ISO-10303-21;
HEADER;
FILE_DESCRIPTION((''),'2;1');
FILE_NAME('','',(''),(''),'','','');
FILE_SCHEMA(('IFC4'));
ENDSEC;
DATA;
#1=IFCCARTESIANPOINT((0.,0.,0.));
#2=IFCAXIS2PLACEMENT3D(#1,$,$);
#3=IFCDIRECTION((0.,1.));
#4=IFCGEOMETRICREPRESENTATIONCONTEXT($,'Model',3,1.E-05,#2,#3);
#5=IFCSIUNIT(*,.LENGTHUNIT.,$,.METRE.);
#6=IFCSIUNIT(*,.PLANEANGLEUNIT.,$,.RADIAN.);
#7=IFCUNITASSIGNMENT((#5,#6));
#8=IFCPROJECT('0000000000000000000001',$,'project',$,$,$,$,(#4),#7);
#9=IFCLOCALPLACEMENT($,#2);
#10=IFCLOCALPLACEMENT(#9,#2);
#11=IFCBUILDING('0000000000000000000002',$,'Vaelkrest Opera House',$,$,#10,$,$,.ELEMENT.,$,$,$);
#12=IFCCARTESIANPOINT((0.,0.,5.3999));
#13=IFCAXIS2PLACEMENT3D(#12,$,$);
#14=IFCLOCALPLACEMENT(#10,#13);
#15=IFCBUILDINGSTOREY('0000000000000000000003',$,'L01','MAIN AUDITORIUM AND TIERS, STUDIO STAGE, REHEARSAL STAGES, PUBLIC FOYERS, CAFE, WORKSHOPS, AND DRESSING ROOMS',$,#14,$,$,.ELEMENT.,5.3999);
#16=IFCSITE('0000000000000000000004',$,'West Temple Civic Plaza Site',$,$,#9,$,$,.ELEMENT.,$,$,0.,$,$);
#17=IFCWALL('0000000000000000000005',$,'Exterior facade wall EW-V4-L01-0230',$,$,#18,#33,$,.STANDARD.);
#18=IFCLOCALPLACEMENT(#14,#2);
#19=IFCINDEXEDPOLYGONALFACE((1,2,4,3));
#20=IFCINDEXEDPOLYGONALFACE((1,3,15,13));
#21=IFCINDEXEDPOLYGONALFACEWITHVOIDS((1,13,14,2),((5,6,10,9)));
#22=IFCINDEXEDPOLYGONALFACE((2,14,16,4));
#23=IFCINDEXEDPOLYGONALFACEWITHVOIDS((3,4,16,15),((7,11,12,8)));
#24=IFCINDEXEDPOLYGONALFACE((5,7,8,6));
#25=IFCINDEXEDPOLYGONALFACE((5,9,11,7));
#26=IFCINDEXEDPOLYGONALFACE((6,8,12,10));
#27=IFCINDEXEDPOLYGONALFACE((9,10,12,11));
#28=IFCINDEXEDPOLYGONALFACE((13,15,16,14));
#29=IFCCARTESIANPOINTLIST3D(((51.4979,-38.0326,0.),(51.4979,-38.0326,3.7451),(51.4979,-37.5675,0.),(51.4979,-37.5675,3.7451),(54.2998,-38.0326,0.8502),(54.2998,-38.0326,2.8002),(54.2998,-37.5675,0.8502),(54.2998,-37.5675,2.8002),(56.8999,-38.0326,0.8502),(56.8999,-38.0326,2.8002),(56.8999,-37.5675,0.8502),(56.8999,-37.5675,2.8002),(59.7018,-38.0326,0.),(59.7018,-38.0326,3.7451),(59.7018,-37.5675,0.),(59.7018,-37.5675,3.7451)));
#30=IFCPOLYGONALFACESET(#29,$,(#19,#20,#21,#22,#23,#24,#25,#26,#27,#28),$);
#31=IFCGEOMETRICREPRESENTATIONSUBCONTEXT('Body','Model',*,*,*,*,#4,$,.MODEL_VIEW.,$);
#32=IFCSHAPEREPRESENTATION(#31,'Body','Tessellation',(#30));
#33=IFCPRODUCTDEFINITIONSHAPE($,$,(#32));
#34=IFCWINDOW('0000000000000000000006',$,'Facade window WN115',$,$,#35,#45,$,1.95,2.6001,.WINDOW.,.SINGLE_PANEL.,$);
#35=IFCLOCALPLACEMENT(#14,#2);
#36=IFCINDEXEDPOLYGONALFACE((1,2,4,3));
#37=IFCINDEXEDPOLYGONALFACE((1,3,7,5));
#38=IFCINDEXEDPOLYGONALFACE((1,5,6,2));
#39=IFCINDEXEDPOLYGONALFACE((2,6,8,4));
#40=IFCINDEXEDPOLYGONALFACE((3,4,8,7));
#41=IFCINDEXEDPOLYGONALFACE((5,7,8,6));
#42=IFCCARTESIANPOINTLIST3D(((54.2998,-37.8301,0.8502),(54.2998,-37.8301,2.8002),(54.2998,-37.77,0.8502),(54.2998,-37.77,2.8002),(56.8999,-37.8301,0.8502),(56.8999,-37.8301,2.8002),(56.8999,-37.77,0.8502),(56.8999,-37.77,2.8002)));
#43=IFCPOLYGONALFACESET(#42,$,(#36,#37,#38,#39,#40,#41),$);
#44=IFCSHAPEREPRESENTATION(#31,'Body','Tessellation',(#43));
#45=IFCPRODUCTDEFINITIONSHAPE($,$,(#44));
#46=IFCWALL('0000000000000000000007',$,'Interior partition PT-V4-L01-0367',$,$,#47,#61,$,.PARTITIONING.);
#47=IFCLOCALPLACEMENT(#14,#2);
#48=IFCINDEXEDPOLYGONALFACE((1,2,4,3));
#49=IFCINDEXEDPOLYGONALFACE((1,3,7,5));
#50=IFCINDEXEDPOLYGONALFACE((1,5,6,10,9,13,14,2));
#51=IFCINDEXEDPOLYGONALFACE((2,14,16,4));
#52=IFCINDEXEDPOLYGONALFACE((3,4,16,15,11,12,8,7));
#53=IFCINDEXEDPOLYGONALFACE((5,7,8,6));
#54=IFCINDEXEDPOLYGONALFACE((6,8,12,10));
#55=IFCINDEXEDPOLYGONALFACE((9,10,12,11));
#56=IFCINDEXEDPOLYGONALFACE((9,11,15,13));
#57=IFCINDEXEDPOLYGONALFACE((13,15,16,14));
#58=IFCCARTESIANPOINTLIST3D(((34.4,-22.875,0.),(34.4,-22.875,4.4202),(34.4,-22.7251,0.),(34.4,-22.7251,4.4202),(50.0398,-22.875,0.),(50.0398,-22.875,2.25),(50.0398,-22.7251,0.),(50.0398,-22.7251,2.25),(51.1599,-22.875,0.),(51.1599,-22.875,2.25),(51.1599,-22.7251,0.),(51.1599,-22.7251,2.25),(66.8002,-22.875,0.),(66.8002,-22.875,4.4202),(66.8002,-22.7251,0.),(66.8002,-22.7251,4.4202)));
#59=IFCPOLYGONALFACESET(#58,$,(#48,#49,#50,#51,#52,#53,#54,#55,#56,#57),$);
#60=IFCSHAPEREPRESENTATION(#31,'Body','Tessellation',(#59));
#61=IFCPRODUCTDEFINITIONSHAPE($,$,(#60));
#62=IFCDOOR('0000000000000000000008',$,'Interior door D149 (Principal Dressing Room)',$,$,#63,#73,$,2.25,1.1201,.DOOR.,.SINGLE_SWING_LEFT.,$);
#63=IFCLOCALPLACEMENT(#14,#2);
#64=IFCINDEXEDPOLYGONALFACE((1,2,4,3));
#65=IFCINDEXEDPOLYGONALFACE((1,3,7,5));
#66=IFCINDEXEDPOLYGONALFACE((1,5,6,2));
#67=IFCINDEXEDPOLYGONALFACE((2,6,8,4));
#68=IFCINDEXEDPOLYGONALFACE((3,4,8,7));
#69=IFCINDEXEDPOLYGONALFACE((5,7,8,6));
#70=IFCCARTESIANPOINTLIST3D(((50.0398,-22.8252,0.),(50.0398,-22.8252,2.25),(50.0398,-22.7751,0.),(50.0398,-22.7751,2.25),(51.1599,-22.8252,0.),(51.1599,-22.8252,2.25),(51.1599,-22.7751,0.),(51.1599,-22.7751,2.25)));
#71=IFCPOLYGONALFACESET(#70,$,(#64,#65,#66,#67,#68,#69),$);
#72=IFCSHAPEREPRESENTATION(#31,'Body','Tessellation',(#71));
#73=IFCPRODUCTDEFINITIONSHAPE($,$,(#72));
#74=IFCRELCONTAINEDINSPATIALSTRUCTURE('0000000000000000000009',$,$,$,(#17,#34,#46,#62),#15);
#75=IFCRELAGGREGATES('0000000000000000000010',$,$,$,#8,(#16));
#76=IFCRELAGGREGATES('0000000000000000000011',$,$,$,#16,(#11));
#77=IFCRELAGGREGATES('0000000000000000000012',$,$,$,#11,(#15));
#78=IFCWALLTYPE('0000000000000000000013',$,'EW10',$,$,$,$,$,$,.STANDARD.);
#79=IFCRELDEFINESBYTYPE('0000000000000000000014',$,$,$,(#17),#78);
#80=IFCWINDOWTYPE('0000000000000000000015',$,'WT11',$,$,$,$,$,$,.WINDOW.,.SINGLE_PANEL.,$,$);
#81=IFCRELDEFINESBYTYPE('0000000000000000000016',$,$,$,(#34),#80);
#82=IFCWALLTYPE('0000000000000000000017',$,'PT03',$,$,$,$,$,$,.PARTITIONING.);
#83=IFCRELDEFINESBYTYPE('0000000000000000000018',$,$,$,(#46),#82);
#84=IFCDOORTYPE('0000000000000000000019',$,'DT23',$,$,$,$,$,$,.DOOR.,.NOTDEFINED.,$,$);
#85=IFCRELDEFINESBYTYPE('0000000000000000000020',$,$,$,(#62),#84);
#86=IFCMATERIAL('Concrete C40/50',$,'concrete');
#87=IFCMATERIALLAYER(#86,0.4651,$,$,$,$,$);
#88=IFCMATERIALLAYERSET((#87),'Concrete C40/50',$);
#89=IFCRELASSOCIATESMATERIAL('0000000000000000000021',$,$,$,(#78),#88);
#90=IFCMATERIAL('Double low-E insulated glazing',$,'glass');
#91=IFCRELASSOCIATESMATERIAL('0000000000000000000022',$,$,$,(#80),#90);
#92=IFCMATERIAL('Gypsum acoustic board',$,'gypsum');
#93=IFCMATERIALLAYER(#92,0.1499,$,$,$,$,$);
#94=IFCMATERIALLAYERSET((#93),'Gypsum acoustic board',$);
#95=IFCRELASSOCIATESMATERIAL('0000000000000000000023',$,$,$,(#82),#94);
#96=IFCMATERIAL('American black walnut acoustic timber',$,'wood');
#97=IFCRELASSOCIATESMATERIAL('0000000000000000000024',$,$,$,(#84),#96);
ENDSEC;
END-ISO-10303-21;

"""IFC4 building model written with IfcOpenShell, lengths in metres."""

from ifc_helpers import new_model, si_unit, direction, frame, frame_2d, origin, place, context, subcontext, project, spatial, rectangle, extrude, material, layer, layer_set, type_object, element, fill, save


model = new_model("IFC4")

# Units and contexts
model_context = context("Model", 3, precision=1e-05, world=origin(), true_north=direction((0.0, 1.0)))
body_context = subcontext(model_context, "Body", "Model", "MODEL_VIEW")
ifc_project = project(units=[si_unit("LENGTHUNIT", "METRE"), si_unit("PLANEANGLEUNIT", "RADIAN")], contexts=[model_context])

# Site, building, storey
site_placement = place(None, origin())
site = spatial("IfcSite", under=ifc_project, at=site_placement, Name="West Temple Civic Plaza Site", CompositionType="ELEMENT", RefElevation=0.0)
building_placement = place(site_placement, origin())
building = spatial("IfcBuilding", under=site, at=building_placement, Name="Vaelkrest Opera House", CompositionType="ELEMENT")
storey_placement = place(building_placement, frame((0.0, 0.0, 5.3999)))
storey = spatial("IfcBuildingStorey", under=building, at=storey_placement, Name="L01", Description="MAIN AUDITORIUM AND TIERS, STUDIO STAGE, REHEARSAL STAGES, PUBLIC FOYERS, CAFE, WORKSHOPS, AND DRESSING ROOMS", CompositionType="ELEMENT", Elevation=5.3999)

# Shared definitions
ifc_material_1 = material(Name="Double low-E insulated glazing", Category="glass")

# Wall, opening, window
ifc_material_2 = material(Name="Concrete C40/50", Category="concrete")
ifc_layer_1 = layer(ifc_material_2, 0.4651)
ifc_layer_set_1 = layer_set([ifc_layer_1], Name="Concrete C40/50")
wall_type_1 = type_object("IfcWallType", Name="EW10", PredefinedType="STANDARD", material=ifc_layer_set_1)
wall_1_placement = place(storey_placement, frame((59.7019, -37.8, 0.0), z_axis=(0.0, 0.0, 1.0), x_axis=(-1.0, 0.0, 0.0)))
wall_1 = element("IfcWall", 1, at=wall_1_placement, inside=storey, type_object=wall_type_1, Name="Exterior facade wall EW-V4-L01-0230", PredefinedType="STANDARD", context=body_context, shape_type="SweptSolid", body=[
    extrude(rectangle(XDim=8.2039, YDim=0.4651, at=frame_2d((4.1021, 0.0))), origin(), (0.0, 0.0, 1.0), 3.7451),
])
opening_1_placement = place(wall_1_placement, frame((2.802, 0.0, 0.8501)))
opening_1 = element("IfcOpeningElement", 2, at=opening_1_placement, cuts=wall_1, PredefinedType="OPENING", context=body_context, shape_type="SweptSolid", body=[
    extrude(rectangle(XDim=2.6001, YDim=1.95, at=frame_2d((1.3, 0.9751))), frame((0.0, 0.2424, 0.0), z_axis=(0.0, -1.0, 0.0), x_axis=(1.0, 0.0, 0.0)), (0.0, 0.0, 1.0), 0.4851),
])
window_type_1 = type_object("IfcWindowType", Name="WT11", PartitioningType="SINGLE_PANEL", PredefinedType="WINDOW", material=ifc_material_1)
window_1_placement = place(opening_1_placement, origin())
window_1 = element("IfcWindow", 3, at=window_1_placement, inside=storey, type_object=window_type_1, Name="Facade window WN115", OverallHeight=1.95, OverallWidth=2.6001, PartitioningType="SINGLE_PANEL", PredefinedType="WINDOW", context=body_context, shape_type="SweptSolid", body=[
    extrude(rectangle(XDim=2.6001, YDim=1.95, at=frame_2d((1.3, 0.9751))), frame((0.0, 0.03, 0.0), z_axis=(0.0, -1.0, 0.0), x_axis=(1.0, 0.0, 0.0)), (0.0, 0.0, 1.0), 0.0601),
])
fill(opening_1, window_1)

# Wall, opening, door
ifc_material_3 = material(Name="Gypsum acoustic board", Category="gypsum")
ifc_layer_2 = layer(ifc_material_3, 0.1499)
ifc_layer_set_2 = layer_set([ifc_layer_2], Name="Gypsum acoustic board")
wall_type_2 = type_object("IfcWallType", Name="PT03", PredefinedType="PARTITIONING", material=ifc_layer_set_2)
wall_2_placement = place(storey_placement, frame((34.3999, -22.8, 0.0), z_axis=(0.0, 0.0, 1.0), x_axis=(1.0, 0.0, 0.0)))
wall_2 = element("IfcWall", 4, at=wall_2_placement, inside=storey, type_object=wall_type_2, Name="Interior partition PT-V4-L01-0367", PredefinedType="PARTITIONING", context=body_context, shape_type="SweptSolid", body=[
    extrude(rectangle(XDim=32.4001, YDim=0.1499, at=frame_2d((16.2002, 0.0))), origin(), (0.0, 0.0, 1.0), 4.4202),
])
opening_2_placement = place(wall_2_placement, frame((15.6399, 0.0, 0.0)))
opening_2 = element("IfcOpeningElement", 5, at=opening_2_placement, cuts=wall_2, PredefinedType="OPENING", context=body_context, shape_type="SweptSolid", body=[
    extrude(rectangle(XDim=1.1201, YDim=2.25, at=frame_2d((0.5601, 1.125))), frame((0.0, 0.085, 0.0), z_axis=(0.0, -1.0, 0.0), x_axis=(1.0, 0.0, 0.0)), (0.0, 0.0, 1.0), 0.1699),
])
ifc_material_4 = material(Name="American black walnut acoustic timber", Category="wood")
door_type = type_object("IfcDoorType", Name="DT23", OperationType="NOTDEFINED", PredefinedType="DOOR", material=ifc_material_4)
door_placement = place(opening_2_placement, origin())
door = element("IfcDoor", 6, at=door_placement, inside=storey, type_object=door_type, Name="Interior door D149 (Principal Dressing Room)", OperationType="SINGLE_SWING_LEFT", OverallHeight=2.25, OverallWidth=1.1201, PredefinedType="DOOR", context=body_context, shape_type="SweptSolid", body=[
    extrude(rectangle(XDim=1.1201, YDim=2.25, at=frame_2d((0.5601, 1.125))), frame((0.0, 0.0249, 0.0), z_axis=(0.0, -1.0, 0.0), x_axis=(1.0, 0.0, 0.0)), (0.0, 0.0, 1.0), 0.05),
])
fill(opening_2, door)

save(model, "model.ifc")
